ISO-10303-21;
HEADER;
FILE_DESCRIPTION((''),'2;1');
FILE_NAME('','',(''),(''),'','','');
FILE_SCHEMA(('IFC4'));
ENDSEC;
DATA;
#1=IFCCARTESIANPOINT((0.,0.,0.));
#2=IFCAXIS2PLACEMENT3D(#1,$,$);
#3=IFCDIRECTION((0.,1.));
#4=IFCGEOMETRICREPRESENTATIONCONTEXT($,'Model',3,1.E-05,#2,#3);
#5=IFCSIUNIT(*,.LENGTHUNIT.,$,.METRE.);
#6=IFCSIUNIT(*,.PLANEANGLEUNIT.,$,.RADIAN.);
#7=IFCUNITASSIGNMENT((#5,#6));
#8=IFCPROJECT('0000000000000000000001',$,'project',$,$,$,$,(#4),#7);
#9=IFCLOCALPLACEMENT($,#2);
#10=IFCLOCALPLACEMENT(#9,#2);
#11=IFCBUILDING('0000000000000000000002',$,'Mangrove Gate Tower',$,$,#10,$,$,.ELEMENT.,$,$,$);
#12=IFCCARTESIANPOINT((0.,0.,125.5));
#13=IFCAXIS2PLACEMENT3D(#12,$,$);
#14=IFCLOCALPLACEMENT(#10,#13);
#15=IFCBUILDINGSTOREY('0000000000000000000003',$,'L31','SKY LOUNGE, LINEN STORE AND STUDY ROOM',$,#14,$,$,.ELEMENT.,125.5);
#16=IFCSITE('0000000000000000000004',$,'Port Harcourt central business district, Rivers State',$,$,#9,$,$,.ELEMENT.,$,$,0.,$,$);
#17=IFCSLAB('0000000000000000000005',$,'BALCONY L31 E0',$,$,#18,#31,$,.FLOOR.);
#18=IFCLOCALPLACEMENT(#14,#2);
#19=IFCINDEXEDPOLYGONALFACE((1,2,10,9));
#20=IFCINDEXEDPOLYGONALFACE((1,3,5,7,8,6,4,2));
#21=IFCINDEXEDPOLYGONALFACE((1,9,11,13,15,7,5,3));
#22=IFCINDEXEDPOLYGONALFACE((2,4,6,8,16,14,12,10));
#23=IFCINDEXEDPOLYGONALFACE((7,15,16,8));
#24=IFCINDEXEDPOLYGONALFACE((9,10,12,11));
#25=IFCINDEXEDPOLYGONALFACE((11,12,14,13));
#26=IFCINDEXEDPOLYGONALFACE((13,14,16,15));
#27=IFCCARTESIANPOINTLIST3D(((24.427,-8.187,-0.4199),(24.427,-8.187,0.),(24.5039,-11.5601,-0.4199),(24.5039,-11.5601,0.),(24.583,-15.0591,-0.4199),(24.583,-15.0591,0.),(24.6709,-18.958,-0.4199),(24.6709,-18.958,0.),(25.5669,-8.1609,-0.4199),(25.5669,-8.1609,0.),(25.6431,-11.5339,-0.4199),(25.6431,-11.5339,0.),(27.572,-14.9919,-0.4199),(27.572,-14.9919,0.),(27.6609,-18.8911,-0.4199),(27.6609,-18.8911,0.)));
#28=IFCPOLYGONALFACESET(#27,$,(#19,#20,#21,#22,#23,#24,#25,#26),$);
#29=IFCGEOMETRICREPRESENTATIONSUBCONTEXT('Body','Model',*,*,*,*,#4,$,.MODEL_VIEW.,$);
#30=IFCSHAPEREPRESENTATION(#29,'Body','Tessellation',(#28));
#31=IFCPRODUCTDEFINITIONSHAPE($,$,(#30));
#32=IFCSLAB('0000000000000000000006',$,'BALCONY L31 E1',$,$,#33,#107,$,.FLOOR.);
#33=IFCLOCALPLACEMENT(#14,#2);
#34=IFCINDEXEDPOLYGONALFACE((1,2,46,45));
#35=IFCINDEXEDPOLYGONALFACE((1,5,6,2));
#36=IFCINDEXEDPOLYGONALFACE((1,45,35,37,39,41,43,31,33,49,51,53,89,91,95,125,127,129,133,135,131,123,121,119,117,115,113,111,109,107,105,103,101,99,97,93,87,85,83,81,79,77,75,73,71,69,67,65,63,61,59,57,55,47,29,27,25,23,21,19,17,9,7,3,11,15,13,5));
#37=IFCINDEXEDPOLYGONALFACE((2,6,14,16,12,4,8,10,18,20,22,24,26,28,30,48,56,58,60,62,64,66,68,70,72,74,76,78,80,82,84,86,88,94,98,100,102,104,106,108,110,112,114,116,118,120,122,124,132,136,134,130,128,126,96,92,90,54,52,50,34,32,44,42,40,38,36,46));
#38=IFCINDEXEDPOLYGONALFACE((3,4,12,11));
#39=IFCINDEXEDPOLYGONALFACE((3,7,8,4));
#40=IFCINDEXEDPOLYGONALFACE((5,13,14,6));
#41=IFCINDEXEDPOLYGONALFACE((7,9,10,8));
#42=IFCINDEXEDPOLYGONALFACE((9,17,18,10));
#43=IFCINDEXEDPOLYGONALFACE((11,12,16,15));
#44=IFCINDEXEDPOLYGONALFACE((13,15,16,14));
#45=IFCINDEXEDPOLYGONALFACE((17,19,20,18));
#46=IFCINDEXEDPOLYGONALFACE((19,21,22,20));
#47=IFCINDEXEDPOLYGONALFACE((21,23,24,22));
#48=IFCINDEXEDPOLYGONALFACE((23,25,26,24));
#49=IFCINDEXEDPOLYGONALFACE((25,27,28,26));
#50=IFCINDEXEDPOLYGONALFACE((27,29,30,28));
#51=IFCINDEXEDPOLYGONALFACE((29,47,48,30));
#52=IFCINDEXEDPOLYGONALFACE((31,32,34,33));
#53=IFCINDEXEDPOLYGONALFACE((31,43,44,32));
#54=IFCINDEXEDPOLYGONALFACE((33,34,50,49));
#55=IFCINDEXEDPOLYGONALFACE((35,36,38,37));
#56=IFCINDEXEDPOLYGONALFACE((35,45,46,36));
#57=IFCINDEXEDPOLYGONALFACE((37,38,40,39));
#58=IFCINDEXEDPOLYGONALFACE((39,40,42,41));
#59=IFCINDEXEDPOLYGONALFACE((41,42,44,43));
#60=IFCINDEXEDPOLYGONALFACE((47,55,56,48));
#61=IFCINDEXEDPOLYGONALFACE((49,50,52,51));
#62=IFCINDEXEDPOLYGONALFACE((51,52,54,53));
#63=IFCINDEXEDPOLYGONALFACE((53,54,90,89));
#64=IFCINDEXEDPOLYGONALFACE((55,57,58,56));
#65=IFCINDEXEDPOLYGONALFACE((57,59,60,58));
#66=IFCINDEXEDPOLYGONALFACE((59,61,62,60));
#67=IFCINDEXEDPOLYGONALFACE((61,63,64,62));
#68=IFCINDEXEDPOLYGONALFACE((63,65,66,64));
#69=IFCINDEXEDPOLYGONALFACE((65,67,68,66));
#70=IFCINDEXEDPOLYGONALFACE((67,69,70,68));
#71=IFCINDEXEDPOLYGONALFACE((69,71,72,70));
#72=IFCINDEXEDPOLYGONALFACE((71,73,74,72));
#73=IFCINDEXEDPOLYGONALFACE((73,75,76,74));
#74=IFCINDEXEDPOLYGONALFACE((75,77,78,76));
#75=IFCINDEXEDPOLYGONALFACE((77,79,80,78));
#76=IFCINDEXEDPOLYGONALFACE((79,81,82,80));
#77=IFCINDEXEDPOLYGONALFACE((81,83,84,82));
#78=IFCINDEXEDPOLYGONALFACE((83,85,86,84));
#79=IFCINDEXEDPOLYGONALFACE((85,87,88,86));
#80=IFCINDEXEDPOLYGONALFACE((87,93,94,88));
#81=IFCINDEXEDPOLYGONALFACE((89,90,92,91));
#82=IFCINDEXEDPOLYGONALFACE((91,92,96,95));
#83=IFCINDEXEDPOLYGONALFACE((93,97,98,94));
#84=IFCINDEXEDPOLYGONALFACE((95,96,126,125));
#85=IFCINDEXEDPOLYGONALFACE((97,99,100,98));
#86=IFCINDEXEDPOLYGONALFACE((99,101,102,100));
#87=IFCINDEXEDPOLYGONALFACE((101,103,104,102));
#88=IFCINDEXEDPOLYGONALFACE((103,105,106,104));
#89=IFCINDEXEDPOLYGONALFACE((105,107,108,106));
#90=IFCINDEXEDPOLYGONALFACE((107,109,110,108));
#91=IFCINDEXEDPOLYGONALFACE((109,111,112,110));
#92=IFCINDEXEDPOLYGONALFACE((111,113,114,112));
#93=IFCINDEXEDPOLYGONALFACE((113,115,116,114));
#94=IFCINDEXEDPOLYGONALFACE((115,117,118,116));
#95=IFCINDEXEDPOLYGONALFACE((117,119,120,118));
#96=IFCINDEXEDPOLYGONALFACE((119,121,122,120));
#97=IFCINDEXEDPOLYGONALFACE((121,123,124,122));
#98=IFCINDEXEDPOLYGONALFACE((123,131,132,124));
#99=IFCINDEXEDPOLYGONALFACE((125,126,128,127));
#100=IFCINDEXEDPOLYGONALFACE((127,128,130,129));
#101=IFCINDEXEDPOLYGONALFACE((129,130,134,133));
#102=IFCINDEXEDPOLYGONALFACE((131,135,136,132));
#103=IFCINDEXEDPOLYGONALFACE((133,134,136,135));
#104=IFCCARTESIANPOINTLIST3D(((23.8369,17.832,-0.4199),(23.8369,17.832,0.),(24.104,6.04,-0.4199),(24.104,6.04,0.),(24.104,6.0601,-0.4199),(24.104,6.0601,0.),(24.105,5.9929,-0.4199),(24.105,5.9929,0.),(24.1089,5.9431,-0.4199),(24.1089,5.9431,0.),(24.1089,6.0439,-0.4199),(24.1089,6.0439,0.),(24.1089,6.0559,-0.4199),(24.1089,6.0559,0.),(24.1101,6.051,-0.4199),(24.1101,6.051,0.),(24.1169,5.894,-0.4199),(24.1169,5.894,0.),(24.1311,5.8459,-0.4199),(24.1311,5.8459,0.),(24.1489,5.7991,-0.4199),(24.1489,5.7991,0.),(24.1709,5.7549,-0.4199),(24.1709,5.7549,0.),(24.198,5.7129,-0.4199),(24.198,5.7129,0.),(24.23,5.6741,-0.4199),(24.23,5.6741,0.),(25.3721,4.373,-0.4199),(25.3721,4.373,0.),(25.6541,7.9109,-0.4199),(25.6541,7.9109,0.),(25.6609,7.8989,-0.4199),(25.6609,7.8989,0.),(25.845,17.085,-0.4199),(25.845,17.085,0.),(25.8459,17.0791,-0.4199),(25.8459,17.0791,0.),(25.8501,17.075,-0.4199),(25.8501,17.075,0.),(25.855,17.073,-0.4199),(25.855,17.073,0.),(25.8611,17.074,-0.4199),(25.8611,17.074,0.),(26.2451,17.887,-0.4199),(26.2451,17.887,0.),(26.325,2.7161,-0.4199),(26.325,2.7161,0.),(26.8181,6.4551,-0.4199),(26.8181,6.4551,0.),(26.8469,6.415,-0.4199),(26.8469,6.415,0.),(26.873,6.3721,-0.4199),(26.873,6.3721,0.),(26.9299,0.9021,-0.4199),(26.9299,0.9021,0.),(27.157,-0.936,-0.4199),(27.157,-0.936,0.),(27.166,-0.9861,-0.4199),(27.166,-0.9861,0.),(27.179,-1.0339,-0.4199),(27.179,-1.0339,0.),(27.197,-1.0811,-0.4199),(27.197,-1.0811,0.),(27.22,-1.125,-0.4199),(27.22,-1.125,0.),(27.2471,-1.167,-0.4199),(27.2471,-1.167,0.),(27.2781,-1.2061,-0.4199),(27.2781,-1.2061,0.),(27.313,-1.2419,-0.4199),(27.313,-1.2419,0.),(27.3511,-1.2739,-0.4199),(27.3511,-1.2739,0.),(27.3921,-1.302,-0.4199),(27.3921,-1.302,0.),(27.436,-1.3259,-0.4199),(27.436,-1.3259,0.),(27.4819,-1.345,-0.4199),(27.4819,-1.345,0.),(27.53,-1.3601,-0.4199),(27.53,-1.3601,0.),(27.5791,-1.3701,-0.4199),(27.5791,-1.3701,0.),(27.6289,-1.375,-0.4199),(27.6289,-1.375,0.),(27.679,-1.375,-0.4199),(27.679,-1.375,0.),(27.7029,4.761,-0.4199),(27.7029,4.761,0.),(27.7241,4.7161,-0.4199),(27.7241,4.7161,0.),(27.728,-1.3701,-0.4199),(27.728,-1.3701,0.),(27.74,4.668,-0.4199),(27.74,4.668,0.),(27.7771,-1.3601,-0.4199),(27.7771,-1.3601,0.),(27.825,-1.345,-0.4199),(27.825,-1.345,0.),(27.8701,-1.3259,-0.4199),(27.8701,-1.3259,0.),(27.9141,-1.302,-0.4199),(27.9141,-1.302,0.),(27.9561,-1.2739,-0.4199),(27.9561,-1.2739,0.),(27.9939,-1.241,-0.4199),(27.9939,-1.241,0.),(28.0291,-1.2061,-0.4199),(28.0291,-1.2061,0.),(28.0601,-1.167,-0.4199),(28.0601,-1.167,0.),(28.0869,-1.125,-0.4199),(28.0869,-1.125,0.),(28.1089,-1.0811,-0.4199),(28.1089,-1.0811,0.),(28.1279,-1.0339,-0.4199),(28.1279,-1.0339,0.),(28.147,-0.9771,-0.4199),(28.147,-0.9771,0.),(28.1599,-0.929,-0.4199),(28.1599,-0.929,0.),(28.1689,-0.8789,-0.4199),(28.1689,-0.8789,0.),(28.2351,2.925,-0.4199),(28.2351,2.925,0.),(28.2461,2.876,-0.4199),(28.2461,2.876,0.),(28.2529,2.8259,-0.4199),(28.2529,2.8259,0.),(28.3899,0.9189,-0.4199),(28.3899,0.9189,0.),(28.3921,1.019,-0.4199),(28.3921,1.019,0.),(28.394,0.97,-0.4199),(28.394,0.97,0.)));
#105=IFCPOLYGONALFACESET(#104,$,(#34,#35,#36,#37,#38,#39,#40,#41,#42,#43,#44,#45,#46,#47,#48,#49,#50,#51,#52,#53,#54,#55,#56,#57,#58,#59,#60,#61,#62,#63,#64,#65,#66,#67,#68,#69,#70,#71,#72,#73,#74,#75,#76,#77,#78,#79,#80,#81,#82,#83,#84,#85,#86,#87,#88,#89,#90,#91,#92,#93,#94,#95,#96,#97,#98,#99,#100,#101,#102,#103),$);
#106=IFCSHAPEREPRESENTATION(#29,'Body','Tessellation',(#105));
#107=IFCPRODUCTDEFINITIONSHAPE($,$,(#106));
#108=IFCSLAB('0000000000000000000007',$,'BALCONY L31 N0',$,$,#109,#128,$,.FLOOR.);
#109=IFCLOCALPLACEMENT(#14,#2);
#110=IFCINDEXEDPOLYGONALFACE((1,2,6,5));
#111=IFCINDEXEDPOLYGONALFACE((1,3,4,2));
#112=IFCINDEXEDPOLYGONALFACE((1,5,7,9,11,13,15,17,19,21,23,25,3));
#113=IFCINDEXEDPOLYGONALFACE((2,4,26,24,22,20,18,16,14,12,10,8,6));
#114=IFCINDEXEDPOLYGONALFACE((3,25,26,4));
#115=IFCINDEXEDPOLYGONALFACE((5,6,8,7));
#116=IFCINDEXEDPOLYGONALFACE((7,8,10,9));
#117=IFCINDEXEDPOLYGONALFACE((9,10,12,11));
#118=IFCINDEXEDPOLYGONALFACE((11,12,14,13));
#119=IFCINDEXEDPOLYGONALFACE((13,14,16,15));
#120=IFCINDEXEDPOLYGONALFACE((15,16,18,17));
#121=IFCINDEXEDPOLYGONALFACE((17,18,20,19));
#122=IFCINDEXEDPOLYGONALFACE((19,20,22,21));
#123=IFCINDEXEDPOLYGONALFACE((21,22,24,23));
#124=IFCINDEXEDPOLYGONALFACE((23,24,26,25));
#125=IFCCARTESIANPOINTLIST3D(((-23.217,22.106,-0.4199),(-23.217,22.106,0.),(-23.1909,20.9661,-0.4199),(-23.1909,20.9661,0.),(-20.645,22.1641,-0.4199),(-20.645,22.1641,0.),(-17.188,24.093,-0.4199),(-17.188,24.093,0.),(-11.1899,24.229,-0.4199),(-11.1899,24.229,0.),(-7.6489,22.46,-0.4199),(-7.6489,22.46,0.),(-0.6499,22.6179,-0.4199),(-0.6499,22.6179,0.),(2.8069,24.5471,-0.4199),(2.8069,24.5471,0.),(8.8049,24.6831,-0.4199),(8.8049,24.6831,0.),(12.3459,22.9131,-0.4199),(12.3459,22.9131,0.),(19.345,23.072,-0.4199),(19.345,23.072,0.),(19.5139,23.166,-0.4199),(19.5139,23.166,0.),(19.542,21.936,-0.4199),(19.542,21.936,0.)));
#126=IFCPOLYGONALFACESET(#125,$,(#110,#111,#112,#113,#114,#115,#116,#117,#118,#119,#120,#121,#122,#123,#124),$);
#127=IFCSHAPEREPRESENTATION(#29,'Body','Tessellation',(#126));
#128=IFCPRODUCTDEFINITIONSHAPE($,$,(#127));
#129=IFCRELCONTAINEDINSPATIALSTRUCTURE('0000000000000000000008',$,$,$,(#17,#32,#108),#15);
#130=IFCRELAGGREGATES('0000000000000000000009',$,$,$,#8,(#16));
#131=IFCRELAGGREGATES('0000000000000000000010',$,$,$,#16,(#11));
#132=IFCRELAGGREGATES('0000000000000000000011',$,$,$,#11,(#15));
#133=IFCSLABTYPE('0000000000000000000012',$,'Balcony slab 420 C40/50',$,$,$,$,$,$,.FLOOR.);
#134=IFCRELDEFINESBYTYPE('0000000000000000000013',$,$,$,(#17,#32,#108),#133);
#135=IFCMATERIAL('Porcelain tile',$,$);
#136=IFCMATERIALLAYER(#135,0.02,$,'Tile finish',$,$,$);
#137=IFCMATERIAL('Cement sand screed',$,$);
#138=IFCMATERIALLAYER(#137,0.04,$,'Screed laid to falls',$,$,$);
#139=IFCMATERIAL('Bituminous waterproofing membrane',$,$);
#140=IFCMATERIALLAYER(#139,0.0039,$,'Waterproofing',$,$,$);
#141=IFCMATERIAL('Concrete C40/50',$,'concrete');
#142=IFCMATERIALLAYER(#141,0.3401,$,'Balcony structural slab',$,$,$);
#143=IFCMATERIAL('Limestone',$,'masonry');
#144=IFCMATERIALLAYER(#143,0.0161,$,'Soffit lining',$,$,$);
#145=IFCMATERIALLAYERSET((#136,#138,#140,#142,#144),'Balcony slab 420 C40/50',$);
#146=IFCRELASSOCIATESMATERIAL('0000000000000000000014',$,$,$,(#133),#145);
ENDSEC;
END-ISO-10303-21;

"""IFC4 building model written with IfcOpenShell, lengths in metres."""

from ifc_helpers import new_model, si_unit, direction, frame, origin, place, context, subcontext, project, spatial, polyline, outline, extrude, material, layer, layer_set, type_object, element, save


model = new_model("IFC4")

# Units and contexts
model_context = context("Model", 3, precision=1e-05, world=origin(), true_north=direction((0.0, 1.0)))
body_context = subcontext(model_context, "Body", "Model", "MODEL_VIEW")
ifc_project = project(units=[si_unit("LENGTHUNIT", "METRE"), si_unit("PLANEANGLEUNIT", "RADIAN")], contexts=[model_context])

# Site, building, storey
site_placement = place(None, origin())
site = spatial("IfcSite", under=ifc_project, at=site_placement, Name="Port Harcourt central business district, Rivers State", CompositionType="ELEMENT", RefElevation=0.0)
building_placement = place(site_placement, origin())
building = spatial("IfcBuilding", under=site, at=building_placement, Name="Mangrove Gate Tower", CompositionType="ELEMENT")
storey_placement = place(building_placement, frame((0.0, 0.0, 125.5)))
storey = spatial("IfcBuildingStorey", under=building, at=storey_placement, Name="L31", Description="SKY LOUNGE, LINEN STORE AND STUDY ROOM", CompositionType="ELEMENT", Elevation=125.5)

# Slabs
ifc_material_1 = material(Name="Porcelain tile")
ifc_layer_1 = layer(ifc_material_1, 0.02, Name="Tile finish")
ifc_material_2 = material(Name="Cement sand screed")
ifc_layer_2 = layer(ifc_material_2, 0.04, Name="Screed laid to falls")
ifc_material_3 = material(Name="Bituminous waterproofing membrane")
ifc_layer_3 = layer(ifc_material_3, 0.0039, Name="Waterproofing")
ifc_material_4 = material(Name="Concrete C40/50", Category="concrete")
ifc_layer_4 = layer(ifc_material_4, 0.3401, Name="Balcony structural slab")
ifc_material_5 = material(Name="Limestone", Category="masonry")
ifc_layer_5 = layer(ifc_material_5, 0.0161, Name="Soffit lining")
ifc_layer_set_1 = layer_set([ifc_layer_1, ifc_layer_2, ifc_layer_3, ifc_layer_4, ifc_layer_5], Name="Balcony slab 420 C40/50")
slab_type_1 = type_object("IfcSlabType", Name="Balcony slab 420 C40/50", PredefinedType="FLOOR", material=ifc_layer_set_1)
slab_1_placement = place(storey_placement, frame((0.0, 0.0, -0.4199)))
element("IfcSlab", 1, at=slab_1_placement, inside=storey, type_object=slab_type_1, Name="BALCONY L31 E0", PredefinedType="FLOOR", context=body_context, shape_type="SweptSolid", body=[
    extrude(outline(polyline([(27.6609, -18.8911), (27.572, -14.9919), (25.6431, -11.5339), (25.5669, -8.1609), (24.427, -8.187), (24.5039, -11.5601), (24.583, -15.0591), (24.6709, -18.958), (27.6609, -18.8911)])), origin(), (0.0, 0.0, 1.0), 0.4199),
])
slab_2_placement = place(storey_placement, frame((0.0, 0.0, -0.4199)))
element("IfcSlab", 2, at=slab_2_placement, inside=storey, type_object=slab_type_1, Name="BALCONY L31 E1", PredefinedType="FLOOR", context=body_context, shape_type="SweptSolid", body=[
    extrude(outline(polyline([(24.104, 6.0601), (24.1089, 6.0559), (24.1101, 6.051), (24.1089, 6.0439), (24.104, 6.04), (24.105, 5.9929), (24.1089, 5.9431), (24.1169, 5.894), (24.1311, 5.8459), (24.1489, 5.7991), (24.1709, 5.7549), (24.198, 5.7129), (24.23, 5.6741), (25.3721, 4.373), (26.325, 2.7161), (26.9299, 0.9021), (27.157, -0.936), (27.166, -0.9861), (27.179, -1.0339), (27.197, -1.0811), (27.22, -1.125), (27.2471, -1.167), (27.2781, -1.2061), (27.313, -1.2419), (27.3511, -1.2739), (27.3921, -1.302), (27.436, -1.3259), (27.4819, -1.345), (27.53, -1.3601), (27.5791, -1.3701), (27.6289, -1.375), (27.679, -1.375), (27.728, -1.3701), (27.7771, -1.3601), (27.825, -1.345), (27.8701, -1.3259), (27.9141, -1.302), (27.9561, -1.2739), (27.9939, -1.241), (28.0291, -1.2061), (28.0601, -1.167), (28.0869, -1.125), (28.1089, -1.0811), (28.1279, -1.0339), (28.147, -0.9771), (28.1599, -0.929), (28.1689, -0.8789), (28.3899, 0.9189), (28.394, 0.97), (28.3921, 1.019), (28.2529, 2.8259), (28.2461, 2.876), (28.2351, 2.925), (27.74, 4.668), (27.7241, 4.7161), (27.7029, 4.761), (26.873, 6.3721), (26.8469, 6.415), (26.8181, 6.4551), (25.6609, 7.8989), (25.6541, 7.9109), (25.8611, 17.074), (25.855, 17.073), (25.8501, 17.075), (25.8459, 17.0791), (25.845, 17.085), (26.2451, 17.887), (23.8369, 17.832), (24.104, 6.0601)])), origin(), (0.0, 0.0, 1.0), 0.4199),
])
slab_3_placement = place(storey_placement, frame((0.0, 0.0, -0.4199)))
element("IfcSlab", 3, at=slab_3_placement, inside=storey, type_object=slab_type_1, Name="BALCONY L31 N0", PredefinedType="FLOOR", context=body_context, shape_type="SweptSolid", body=[
    extrude(outline(polyline([(19.5139, 23.166), (19.345, 23.072), (12.3459, 22.9131), (8.8049, 24.6831), (2.8069, 24.5471), (-0.6499, 22.6179), (-7.6489, 22.46), (-11.1899, 24.229), (-17.188, 24.093), (-20.645, 22.1641), (-23.217, 22.106), (-23.1909, 20.9661), (19.542, 21.936), (19.5139, 23.166)])), origin(), (0.0, 0.0, 1.0), 0.4199),
])

save(model, "model.ifc")
